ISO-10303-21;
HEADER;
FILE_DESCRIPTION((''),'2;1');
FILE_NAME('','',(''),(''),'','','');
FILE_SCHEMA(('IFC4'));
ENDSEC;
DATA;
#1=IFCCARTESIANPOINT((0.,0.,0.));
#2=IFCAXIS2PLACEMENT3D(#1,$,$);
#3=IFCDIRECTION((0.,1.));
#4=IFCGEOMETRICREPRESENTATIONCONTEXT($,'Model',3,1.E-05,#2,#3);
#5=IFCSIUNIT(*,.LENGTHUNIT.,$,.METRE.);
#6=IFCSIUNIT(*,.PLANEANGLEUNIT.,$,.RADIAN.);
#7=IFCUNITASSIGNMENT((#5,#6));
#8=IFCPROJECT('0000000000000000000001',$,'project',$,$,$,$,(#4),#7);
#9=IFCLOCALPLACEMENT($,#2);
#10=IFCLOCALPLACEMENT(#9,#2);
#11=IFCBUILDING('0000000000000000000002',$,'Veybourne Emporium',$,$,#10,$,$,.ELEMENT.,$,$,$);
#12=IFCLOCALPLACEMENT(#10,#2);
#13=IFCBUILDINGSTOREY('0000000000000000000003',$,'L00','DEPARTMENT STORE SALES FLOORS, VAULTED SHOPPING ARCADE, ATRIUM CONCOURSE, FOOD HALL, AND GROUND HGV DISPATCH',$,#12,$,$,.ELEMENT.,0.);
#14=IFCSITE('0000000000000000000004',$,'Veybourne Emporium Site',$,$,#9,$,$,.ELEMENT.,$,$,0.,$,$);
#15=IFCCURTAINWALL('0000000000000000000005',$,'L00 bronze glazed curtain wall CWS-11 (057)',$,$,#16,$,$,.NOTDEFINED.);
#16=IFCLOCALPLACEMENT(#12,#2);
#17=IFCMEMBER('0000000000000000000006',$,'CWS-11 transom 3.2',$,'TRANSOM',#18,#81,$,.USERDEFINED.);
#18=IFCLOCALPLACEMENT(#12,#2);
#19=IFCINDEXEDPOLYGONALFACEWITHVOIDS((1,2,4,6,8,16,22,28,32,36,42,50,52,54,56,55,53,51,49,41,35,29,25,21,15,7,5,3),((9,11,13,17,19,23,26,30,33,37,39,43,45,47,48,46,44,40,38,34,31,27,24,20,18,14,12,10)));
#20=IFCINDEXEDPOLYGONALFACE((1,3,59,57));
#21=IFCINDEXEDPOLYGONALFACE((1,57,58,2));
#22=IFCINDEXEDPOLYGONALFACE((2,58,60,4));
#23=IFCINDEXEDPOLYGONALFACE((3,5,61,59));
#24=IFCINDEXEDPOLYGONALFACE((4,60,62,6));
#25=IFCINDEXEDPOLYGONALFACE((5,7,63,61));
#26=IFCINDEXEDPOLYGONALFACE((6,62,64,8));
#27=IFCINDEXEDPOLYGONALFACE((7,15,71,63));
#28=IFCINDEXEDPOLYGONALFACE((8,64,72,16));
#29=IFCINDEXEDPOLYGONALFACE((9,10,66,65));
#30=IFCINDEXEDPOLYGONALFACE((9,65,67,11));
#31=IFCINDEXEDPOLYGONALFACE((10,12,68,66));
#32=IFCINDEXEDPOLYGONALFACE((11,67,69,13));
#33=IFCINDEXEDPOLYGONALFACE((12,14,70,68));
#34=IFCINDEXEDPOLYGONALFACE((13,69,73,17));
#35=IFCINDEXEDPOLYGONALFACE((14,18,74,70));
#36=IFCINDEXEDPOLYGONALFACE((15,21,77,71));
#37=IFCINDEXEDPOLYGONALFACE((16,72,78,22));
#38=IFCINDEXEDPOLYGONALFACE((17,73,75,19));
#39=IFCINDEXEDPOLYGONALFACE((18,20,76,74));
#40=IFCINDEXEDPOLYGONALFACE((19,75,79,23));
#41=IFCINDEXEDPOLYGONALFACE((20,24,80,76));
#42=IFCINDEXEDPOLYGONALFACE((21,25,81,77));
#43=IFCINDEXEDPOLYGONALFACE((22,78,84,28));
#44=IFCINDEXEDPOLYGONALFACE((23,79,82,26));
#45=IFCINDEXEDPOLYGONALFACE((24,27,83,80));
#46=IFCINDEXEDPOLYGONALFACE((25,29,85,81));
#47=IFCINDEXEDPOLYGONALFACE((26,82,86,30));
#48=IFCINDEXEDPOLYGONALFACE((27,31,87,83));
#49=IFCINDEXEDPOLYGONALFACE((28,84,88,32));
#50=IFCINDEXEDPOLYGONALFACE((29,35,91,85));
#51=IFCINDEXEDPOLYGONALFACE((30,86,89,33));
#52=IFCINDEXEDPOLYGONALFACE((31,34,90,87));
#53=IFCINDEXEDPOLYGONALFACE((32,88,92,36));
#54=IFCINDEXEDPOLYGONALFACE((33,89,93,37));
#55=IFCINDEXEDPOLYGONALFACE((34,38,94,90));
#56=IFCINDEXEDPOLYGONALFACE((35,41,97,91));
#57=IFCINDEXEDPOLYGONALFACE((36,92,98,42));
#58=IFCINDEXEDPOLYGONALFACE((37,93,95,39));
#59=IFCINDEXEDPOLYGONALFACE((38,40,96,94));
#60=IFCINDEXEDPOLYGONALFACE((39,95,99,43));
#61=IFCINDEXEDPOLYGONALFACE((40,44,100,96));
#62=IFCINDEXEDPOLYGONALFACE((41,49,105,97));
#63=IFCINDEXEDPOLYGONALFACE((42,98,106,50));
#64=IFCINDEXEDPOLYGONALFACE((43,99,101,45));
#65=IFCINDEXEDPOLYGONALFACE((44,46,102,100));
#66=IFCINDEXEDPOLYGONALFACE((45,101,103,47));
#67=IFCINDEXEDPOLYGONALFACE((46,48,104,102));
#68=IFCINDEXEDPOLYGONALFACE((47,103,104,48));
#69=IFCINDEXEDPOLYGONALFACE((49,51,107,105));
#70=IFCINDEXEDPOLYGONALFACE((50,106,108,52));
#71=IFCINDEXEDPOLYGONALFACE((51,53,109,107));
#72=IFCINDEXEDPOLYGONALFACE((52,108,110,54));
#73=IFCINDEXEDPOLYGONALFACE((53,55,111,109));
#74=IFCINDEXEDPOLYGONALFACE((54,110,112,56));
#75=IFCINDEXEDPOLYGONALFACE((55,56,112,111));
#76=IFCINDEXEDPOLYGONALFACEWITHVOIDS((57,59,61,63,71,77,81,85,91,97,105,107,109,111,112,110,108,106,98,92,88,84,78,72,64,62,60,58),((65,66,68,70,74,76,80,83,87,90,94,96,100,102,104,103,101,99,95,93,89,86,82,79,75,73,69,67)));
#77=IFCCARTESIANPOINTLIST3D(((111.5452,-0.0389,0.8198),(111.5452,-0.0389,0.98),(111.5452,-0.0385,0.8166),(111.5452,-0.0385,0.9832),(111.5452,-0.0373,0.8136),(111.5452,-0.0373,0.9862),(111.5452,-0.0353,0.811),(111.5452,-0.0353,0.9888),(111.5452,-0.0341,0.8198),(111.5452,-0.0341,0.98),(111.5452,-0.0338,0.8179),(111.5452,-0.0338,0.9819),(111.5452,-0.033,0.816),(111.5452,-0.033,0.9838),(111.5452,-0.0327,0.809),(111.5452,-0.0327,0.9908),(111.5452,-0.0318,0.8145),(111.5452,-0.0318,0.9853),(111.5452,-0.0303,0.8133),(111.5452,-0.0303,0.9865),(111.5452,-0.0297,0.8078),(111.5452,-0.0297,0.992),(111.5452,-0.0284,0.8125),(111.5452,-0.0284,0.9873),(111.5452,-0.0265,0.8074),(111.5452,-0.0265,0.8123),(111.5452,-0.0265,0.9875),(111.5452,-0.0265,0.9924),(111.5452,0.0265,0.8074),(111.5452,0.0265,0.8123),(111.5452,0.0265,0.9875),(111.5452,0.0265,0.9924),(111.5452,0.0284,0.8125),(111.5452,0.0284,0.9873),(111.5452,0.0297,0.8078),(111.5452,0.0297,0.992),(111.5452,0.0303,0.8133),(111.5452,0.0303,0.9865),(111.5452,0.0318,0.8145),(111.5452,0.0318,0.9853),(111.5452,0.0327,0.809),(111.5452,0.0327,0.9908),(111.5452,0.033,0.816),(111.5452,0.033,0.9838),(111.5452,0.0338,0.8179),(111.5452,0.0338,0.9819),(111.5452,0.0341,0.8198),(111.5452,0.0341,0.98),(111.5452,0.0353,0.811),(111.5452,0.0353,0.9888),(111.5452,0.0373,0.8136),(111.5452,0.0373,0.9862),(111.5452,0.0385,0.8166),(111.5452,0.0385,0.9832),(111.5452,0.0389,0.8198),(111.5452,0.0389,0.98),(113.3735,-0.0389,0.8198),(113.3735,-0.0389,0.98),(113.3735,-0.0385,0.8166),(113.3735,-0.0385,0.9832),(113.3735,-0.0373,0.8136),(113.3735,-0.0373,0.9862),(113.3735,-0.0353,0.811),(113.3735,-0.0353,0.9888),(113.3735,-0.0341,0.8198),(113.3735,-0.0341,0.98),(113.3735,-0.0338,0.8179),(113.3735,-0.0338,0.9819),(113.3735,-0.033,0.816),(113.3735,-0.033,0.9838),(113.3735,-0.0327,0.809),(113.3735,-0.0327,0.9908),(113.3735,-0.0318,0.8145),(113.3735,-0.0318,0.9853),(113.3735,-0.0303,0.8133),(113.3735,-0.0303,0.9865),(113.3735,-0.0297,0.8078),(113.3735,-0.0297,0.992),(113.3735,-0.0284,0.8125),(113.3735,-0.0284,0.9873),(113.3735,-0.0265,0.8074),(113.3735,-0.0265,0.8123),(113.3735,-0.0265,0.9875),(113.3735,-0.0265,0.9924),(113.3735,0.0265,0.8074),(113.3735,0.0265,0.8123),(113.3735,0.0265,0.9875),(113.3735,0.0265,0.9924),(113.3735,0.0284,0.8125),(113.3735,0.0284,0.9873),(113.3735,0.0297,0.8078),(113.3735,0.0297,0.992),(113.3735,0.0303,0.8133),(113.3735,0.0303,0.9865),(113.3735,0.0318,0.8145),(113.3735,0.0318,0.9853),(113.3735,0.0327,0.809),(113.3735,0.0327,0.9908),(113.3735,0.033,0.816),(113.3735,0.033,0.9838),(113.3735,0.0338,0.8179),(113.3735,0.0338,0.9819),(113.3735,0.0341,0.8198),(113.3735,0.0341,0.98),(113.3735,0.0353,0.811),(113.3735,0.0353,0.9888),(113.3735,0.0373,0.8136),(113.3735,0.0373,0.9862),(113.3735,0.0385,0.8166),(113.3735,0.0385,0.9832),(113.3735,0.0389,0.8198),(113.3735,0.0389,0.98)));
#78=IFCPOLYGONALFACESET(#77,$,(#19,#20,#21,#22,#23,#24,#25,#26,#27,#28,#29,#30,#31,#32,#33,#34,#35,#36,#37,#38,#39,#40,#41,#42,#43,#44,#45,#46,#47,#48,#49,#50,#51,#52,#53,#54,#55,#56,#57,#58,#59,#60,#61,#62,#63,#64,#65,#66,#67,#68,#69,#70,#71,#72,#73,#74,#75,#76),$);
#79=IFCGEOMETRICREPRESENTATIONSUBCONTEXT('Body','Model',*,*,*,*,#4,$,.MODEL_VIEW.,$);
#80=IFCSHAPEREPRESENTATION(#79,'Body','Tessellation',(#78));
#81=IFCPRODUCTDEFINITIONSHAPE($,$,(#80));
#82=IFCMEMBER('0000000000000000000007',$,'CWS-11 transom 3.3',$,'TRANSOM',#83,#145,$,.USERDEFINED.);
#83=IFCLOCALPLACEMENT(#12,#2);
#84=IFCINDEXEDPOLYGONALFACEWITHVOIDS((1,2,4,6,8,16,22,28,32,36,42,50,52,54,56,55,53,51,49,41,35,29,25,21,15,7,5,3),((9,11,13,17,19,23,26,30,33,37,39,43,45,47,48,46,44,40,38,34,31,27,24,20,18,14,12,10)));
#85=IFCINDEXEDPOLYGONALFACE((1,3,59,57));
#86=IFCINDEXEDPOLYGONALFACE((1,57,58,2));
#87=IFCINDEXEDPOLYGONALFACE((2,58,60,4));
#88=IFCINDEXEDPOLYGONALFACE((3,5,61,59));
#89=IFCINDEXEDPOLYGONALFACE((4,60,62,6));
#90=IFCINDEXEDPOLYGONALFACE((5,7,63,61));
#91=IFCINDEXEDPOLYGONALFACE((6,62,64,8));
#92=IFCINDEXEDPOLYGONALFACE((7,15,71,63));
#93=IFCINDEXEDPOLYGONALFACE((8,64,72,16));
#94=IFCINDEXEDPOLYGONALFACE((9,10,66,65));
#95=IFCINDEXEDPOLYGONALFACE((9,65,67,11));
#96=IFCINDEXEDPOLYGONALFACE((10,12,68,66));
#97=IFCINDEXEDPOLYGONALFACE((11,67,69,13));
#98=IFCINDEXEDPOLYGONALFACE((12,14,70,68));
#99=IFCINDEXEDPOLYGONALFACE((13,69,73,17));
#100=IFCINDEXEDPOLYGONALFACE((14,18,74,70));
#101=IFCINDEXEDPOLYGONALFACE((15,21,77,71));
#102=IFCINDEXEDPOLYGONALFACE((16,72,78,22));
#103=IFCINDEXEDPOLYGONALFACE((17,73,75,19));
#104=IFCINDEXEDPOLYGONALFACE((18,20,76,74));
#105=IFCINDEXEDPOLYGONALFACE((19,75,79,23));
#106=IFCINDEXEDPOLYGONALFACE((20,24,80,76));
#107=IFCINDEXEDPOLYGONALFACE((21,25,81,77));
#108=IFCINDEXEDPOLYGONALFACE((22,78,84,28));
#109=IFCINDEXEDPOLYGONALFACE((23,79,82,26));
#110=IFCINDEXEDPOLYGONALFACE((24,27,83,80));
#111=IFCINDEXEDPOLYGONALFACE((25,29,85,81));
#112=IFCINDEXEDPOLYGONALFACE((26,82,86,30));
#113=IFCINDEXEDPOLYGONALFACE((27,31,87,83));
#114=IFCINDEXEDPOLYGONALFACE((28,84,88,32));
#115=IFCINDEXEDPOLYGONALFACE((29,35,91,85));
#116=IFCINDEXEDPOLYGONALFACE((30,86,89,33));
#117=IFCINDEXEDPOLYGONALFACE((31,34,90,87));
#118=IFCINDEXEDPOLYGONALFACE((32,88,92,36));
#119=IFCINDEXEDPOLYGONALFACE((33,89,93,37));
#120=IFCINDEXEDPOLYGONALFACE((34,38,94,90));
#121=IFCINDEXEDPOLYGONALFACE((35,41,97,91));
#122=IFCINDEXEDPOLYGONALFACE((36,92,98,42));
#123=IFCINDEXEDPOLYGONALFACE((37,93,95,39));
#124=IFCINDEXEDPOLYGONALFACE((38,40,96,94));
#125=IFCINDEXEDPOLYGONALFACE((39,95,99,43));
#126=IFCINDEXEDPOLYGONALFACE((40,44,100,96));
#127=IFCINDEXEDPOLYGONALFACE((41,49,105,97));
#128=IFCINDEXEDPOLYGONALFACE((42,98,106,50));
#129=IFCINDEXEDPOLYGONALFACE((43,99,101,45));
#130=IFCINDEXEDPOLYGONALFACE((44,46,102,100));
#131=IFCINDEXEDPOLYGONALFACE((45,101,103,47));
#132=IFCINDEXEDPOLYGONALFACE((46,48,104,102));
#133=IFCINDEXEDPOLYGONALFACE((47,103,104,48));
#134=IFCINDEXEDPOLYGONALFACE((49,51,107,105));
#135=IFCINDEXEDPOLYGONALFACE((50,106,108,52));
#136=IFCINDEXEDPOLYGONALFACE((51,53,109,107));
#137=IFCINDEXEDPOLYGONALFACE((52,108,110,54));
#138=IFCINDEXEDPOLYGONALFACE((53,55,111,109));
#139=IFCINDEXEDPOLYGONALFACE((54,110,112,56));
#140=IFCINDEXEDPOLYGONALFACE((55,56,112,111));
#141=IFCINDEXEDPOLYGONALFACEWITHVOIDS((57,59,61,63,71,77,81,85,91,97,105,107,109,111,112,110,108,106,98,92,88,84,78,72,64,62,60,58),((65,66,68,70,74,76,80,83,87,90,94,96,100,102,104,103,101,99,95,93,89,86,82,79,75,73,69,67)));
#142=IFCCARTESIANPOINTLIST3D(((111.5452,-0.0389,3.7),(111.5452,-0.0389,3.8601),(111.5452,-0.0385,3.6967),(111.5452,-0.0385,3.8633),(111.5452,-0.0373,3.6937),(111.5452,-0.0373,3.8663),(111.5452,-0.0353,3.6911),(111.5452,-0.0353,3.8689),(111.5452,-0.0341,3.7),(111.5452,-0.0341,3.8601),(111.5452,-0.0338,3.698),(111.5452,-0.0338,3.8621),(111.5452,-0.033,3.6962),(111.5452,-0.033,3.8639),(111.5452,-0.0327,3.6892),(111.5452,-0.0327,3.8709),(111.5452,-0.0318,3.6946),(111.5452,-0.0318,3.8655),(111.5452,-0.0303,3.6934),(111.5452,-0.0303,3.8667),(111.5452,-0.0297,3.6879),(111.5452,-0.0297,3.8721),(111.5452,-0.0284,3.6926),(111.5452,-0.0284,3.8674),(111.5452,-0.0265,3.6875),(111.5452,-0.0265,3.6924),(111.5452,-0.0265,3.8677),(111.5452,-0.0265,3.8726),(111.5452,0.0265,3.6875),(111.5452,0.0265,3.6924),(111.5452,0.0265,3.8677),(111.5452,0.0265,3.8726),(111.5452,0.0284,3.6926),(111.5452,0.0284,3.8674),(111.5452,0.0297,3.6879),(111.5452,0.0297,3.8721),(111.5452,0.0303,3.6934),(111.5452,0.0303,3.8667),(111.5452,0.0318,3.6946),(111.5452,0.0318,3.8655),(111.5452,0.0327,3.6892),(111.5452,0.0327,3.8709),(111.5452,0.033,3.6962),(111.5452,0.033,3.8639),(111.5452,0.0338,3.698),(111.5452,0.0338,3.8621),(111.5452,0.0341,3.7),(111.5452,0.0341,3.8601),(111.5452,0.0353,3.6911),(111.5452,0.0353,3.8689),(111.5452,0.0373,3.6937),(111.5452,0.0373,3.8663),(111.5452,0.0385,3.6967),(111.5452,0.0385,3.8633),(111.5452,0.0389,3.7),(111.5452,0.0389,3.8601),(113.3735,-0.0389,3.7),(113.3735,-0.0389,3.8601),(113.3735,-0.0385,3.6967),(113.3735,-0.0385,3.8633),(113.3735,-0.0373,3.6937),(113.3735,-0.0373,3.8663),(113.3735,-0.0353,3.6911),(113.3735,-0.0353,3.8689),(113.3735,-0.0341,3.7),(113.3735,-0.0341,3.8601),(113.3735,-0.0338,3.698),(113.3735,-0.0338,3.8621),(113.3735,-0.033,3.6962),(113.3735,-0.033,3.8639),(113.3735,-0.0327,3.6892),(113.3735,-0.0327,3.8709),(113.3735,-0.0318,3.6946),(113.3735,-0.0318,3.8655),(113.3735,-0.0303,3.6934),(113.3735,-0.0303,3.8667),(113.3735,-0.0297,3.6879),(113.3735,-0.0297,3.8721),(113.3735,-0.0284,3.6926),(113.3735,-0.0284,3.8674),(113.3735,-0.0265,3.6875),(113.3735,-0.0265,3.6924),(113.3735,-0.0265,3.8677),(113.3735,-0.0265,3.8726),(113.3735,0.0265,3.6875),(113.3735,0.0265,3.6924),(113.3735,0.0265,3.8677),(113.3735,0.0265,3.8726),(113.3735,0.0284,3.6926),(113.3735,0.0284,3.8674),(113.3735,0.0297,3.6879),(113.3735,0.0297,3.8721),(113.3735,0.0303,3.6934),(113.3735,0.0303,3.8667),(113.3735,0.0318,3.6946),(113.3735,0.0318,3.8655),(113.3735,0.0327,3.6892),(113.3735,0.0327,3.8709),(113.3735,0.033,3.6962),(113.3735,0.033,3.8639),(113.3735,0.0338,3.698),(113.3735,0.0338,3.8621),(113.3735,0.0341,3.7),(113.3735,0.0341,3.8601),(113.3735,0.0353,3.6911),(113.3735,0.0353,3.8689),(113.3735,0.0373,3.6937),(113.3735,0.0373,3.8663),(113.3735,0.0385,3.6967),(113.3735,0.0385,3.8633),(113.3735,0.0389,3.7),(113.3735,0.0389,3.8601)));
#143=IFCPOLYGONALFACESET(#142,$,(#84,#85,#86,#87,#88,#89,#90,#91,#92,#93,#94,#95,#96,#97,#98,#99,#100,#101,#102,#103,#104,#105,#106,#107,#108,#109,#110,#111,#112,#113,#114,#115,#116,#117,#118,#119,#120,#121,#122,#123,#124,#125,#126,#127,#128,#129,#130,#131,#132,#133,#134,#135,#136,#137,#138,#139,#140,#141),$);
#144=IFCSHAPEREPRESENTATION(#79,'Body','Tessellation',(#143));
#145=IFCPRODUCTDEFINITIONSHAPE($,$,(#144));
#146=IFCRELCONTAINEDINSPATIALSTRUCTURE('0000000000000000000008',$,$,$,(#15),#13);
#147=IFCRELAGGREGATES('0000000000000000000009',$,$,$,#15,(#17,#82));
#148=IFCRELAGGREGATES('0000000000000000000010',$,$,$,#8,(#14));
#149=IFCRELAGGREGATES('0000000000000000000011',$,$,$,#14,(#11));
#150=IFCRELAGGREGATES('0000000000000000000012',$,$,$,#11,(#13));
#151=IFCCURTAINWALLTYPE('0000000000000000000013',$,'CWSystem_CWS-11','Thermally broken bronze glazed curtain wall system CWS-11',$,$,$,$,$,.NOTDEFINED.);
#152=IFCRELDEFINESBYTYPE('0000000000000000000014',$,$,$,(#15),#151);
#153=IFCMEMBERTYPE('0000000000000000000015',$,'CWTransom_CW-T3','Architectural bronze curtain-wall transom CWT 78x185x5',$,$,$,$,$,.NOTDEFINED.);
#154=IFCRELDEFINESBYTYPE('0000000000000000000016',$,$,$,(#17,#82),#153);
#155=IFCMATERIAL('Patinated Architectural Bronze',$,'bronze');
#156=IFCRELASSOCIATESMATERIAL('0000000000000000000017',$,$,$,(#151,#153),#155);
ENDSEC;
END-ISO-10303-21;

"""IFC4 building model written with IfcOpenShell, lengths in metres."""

from ifc_helpers import new_model, si_unit, direction, frame, origin, origin_2d, place, context, subcontext, project, spatial, hollow_rectangle, extrude, material, material_profile, profile_set, type_object, element, aggregate, save


model = new_model("IFC4")

# Units and contexts
model_context = context("Model", 3, precision=1e-05, world=origin(), true_north=direction((0.0, 1.0)))
body_context = subcontext(model_context, "Body", "Model", "MODEL_VIEW")
ifc_project = project(units=[si_unit("LENGTHUNIT", "METRE"), si_unit("PLANEANGLEUNIT", "RADIAN")], contexts=[model_context])

# Site, building, storey
site_placement = place(None, origin())
site = spatial("IfcSite", under=ifc_project, at=site_placement, Name="Veybourne Emporium Site", CompositionType="ELEMENT", RefElevation=0.0)
building_placement = place(site_placement, origin())
building = spatial("IfcBuilding", under=site, at=building_placement, Name="Veybourne Emporium", CompositionType="ELEMENT")
storey_placement = place(building_placement, origin())
storey = spatial("IfcBuildingStorey", under=building, at=storey_placement, Name="L00", Description="DEPARTMENT STORE SALES FLOORS, VAULTED SHOPPING ARCADE, ATRIUM CONCOURSE, FOOD HALL, AND GROUND HGV DISPATCH", CompositionType="ELEMENT", Elevation=0.0)

# Curtain wall, members
ifc_material_1 = material(Name="Patinated Architectural Bronze", Category="bronze")
curtain_wall_type = type_object("IfcCurtainWallType", Name="CWSystem_CWS-11", Description="Thermally broken bronze glazed curtain wall system CWS-11", PredefinedType="NOTDEFINED", material=ifc_material_1)
curtain_wall_placement = place(storey_placement, origin())
curtain_wall = element("IfcCurtainWall", 1, at=curtain_wall_placement, inside=storey, type_object=curtain_wall_type, Name="L00 bronze glazed curtain wall CWS-11 (057)", PredefinedType="NOTDEFINED")
ifc_material_profile_1 = material_profile(ifc_material_1, hollow_rectangle(XDim=0.0779, YDim=0.1851, WallThickness=0.0049, InnerFilletRadius=0.0076, OuterFilletRadius=0.0125, at=origin_2d()), Name="CWT 78x185x5")
ifc_profile_set_1 = profile_set([ifc_material_profile_1], Name="Patinated Architectural Bronze")
member_type_1 = type_object("IfcMemberType", Name="CWTransom_CW-T3", Description="Architectural bronze curtain-wall transom CWT 78x185x5", PredefinedType="NOTDEFINED", material=ifc_profile_set_1)
member_1_placement = place(storey_placement, frame((113.3735, 0.0, 0.8999), z_axis=(-1.0, 0.0, 0.0), x_axis=(0.0, -1.0, 0.0)))
member_1 = element("IfcMember", 2, at=member_1_placement, type_object=member_type_1, Name="CWS-11 transom 3.2", ObjectType="TRANSOM", PredefinedType="USERDEFINED", context=body_context, shape_type="SweptSolid", body=[
    extrude(hollow_rectangle(XDim=0.0779, YDim=0.1851, WallThickness=0.0049, InnerFilletRadius=0.0076, OuterFilletRadius=0.0125, at=origin_2d()), origin(), (0.0, 0.0, 1.0), 1.8284),
])
member_2_placement = place(storey_placement, frame((113.3735, 0.0, 3.78), z_axis=(-1.0, 0.0, 0.0), x_axis=(0.0, -1.0, 0.0)))
member_2 = element("IfcMember", 3, at=member_2_placement, type_object=member_type_1, Name="CWS-11 transom 3.3", ObjectType="TRANSOM", PredefinedType="USERDEFINED", context=body_context, shape_type="SweptSolid", body=[
    extrude(hollow_rectangle(XDim=0.0779, YDim=0.1851, WallThickness=0.0049, InnerFilletRadius=0.0076, OuterFilletRadius=0.0125, at=origin_2d()), origin(), (0.0, 0.0, 1.0), 1.8284),
])

aggregate(curtain_wall, [member_1, member_2])

save(model, "model.ifc")
